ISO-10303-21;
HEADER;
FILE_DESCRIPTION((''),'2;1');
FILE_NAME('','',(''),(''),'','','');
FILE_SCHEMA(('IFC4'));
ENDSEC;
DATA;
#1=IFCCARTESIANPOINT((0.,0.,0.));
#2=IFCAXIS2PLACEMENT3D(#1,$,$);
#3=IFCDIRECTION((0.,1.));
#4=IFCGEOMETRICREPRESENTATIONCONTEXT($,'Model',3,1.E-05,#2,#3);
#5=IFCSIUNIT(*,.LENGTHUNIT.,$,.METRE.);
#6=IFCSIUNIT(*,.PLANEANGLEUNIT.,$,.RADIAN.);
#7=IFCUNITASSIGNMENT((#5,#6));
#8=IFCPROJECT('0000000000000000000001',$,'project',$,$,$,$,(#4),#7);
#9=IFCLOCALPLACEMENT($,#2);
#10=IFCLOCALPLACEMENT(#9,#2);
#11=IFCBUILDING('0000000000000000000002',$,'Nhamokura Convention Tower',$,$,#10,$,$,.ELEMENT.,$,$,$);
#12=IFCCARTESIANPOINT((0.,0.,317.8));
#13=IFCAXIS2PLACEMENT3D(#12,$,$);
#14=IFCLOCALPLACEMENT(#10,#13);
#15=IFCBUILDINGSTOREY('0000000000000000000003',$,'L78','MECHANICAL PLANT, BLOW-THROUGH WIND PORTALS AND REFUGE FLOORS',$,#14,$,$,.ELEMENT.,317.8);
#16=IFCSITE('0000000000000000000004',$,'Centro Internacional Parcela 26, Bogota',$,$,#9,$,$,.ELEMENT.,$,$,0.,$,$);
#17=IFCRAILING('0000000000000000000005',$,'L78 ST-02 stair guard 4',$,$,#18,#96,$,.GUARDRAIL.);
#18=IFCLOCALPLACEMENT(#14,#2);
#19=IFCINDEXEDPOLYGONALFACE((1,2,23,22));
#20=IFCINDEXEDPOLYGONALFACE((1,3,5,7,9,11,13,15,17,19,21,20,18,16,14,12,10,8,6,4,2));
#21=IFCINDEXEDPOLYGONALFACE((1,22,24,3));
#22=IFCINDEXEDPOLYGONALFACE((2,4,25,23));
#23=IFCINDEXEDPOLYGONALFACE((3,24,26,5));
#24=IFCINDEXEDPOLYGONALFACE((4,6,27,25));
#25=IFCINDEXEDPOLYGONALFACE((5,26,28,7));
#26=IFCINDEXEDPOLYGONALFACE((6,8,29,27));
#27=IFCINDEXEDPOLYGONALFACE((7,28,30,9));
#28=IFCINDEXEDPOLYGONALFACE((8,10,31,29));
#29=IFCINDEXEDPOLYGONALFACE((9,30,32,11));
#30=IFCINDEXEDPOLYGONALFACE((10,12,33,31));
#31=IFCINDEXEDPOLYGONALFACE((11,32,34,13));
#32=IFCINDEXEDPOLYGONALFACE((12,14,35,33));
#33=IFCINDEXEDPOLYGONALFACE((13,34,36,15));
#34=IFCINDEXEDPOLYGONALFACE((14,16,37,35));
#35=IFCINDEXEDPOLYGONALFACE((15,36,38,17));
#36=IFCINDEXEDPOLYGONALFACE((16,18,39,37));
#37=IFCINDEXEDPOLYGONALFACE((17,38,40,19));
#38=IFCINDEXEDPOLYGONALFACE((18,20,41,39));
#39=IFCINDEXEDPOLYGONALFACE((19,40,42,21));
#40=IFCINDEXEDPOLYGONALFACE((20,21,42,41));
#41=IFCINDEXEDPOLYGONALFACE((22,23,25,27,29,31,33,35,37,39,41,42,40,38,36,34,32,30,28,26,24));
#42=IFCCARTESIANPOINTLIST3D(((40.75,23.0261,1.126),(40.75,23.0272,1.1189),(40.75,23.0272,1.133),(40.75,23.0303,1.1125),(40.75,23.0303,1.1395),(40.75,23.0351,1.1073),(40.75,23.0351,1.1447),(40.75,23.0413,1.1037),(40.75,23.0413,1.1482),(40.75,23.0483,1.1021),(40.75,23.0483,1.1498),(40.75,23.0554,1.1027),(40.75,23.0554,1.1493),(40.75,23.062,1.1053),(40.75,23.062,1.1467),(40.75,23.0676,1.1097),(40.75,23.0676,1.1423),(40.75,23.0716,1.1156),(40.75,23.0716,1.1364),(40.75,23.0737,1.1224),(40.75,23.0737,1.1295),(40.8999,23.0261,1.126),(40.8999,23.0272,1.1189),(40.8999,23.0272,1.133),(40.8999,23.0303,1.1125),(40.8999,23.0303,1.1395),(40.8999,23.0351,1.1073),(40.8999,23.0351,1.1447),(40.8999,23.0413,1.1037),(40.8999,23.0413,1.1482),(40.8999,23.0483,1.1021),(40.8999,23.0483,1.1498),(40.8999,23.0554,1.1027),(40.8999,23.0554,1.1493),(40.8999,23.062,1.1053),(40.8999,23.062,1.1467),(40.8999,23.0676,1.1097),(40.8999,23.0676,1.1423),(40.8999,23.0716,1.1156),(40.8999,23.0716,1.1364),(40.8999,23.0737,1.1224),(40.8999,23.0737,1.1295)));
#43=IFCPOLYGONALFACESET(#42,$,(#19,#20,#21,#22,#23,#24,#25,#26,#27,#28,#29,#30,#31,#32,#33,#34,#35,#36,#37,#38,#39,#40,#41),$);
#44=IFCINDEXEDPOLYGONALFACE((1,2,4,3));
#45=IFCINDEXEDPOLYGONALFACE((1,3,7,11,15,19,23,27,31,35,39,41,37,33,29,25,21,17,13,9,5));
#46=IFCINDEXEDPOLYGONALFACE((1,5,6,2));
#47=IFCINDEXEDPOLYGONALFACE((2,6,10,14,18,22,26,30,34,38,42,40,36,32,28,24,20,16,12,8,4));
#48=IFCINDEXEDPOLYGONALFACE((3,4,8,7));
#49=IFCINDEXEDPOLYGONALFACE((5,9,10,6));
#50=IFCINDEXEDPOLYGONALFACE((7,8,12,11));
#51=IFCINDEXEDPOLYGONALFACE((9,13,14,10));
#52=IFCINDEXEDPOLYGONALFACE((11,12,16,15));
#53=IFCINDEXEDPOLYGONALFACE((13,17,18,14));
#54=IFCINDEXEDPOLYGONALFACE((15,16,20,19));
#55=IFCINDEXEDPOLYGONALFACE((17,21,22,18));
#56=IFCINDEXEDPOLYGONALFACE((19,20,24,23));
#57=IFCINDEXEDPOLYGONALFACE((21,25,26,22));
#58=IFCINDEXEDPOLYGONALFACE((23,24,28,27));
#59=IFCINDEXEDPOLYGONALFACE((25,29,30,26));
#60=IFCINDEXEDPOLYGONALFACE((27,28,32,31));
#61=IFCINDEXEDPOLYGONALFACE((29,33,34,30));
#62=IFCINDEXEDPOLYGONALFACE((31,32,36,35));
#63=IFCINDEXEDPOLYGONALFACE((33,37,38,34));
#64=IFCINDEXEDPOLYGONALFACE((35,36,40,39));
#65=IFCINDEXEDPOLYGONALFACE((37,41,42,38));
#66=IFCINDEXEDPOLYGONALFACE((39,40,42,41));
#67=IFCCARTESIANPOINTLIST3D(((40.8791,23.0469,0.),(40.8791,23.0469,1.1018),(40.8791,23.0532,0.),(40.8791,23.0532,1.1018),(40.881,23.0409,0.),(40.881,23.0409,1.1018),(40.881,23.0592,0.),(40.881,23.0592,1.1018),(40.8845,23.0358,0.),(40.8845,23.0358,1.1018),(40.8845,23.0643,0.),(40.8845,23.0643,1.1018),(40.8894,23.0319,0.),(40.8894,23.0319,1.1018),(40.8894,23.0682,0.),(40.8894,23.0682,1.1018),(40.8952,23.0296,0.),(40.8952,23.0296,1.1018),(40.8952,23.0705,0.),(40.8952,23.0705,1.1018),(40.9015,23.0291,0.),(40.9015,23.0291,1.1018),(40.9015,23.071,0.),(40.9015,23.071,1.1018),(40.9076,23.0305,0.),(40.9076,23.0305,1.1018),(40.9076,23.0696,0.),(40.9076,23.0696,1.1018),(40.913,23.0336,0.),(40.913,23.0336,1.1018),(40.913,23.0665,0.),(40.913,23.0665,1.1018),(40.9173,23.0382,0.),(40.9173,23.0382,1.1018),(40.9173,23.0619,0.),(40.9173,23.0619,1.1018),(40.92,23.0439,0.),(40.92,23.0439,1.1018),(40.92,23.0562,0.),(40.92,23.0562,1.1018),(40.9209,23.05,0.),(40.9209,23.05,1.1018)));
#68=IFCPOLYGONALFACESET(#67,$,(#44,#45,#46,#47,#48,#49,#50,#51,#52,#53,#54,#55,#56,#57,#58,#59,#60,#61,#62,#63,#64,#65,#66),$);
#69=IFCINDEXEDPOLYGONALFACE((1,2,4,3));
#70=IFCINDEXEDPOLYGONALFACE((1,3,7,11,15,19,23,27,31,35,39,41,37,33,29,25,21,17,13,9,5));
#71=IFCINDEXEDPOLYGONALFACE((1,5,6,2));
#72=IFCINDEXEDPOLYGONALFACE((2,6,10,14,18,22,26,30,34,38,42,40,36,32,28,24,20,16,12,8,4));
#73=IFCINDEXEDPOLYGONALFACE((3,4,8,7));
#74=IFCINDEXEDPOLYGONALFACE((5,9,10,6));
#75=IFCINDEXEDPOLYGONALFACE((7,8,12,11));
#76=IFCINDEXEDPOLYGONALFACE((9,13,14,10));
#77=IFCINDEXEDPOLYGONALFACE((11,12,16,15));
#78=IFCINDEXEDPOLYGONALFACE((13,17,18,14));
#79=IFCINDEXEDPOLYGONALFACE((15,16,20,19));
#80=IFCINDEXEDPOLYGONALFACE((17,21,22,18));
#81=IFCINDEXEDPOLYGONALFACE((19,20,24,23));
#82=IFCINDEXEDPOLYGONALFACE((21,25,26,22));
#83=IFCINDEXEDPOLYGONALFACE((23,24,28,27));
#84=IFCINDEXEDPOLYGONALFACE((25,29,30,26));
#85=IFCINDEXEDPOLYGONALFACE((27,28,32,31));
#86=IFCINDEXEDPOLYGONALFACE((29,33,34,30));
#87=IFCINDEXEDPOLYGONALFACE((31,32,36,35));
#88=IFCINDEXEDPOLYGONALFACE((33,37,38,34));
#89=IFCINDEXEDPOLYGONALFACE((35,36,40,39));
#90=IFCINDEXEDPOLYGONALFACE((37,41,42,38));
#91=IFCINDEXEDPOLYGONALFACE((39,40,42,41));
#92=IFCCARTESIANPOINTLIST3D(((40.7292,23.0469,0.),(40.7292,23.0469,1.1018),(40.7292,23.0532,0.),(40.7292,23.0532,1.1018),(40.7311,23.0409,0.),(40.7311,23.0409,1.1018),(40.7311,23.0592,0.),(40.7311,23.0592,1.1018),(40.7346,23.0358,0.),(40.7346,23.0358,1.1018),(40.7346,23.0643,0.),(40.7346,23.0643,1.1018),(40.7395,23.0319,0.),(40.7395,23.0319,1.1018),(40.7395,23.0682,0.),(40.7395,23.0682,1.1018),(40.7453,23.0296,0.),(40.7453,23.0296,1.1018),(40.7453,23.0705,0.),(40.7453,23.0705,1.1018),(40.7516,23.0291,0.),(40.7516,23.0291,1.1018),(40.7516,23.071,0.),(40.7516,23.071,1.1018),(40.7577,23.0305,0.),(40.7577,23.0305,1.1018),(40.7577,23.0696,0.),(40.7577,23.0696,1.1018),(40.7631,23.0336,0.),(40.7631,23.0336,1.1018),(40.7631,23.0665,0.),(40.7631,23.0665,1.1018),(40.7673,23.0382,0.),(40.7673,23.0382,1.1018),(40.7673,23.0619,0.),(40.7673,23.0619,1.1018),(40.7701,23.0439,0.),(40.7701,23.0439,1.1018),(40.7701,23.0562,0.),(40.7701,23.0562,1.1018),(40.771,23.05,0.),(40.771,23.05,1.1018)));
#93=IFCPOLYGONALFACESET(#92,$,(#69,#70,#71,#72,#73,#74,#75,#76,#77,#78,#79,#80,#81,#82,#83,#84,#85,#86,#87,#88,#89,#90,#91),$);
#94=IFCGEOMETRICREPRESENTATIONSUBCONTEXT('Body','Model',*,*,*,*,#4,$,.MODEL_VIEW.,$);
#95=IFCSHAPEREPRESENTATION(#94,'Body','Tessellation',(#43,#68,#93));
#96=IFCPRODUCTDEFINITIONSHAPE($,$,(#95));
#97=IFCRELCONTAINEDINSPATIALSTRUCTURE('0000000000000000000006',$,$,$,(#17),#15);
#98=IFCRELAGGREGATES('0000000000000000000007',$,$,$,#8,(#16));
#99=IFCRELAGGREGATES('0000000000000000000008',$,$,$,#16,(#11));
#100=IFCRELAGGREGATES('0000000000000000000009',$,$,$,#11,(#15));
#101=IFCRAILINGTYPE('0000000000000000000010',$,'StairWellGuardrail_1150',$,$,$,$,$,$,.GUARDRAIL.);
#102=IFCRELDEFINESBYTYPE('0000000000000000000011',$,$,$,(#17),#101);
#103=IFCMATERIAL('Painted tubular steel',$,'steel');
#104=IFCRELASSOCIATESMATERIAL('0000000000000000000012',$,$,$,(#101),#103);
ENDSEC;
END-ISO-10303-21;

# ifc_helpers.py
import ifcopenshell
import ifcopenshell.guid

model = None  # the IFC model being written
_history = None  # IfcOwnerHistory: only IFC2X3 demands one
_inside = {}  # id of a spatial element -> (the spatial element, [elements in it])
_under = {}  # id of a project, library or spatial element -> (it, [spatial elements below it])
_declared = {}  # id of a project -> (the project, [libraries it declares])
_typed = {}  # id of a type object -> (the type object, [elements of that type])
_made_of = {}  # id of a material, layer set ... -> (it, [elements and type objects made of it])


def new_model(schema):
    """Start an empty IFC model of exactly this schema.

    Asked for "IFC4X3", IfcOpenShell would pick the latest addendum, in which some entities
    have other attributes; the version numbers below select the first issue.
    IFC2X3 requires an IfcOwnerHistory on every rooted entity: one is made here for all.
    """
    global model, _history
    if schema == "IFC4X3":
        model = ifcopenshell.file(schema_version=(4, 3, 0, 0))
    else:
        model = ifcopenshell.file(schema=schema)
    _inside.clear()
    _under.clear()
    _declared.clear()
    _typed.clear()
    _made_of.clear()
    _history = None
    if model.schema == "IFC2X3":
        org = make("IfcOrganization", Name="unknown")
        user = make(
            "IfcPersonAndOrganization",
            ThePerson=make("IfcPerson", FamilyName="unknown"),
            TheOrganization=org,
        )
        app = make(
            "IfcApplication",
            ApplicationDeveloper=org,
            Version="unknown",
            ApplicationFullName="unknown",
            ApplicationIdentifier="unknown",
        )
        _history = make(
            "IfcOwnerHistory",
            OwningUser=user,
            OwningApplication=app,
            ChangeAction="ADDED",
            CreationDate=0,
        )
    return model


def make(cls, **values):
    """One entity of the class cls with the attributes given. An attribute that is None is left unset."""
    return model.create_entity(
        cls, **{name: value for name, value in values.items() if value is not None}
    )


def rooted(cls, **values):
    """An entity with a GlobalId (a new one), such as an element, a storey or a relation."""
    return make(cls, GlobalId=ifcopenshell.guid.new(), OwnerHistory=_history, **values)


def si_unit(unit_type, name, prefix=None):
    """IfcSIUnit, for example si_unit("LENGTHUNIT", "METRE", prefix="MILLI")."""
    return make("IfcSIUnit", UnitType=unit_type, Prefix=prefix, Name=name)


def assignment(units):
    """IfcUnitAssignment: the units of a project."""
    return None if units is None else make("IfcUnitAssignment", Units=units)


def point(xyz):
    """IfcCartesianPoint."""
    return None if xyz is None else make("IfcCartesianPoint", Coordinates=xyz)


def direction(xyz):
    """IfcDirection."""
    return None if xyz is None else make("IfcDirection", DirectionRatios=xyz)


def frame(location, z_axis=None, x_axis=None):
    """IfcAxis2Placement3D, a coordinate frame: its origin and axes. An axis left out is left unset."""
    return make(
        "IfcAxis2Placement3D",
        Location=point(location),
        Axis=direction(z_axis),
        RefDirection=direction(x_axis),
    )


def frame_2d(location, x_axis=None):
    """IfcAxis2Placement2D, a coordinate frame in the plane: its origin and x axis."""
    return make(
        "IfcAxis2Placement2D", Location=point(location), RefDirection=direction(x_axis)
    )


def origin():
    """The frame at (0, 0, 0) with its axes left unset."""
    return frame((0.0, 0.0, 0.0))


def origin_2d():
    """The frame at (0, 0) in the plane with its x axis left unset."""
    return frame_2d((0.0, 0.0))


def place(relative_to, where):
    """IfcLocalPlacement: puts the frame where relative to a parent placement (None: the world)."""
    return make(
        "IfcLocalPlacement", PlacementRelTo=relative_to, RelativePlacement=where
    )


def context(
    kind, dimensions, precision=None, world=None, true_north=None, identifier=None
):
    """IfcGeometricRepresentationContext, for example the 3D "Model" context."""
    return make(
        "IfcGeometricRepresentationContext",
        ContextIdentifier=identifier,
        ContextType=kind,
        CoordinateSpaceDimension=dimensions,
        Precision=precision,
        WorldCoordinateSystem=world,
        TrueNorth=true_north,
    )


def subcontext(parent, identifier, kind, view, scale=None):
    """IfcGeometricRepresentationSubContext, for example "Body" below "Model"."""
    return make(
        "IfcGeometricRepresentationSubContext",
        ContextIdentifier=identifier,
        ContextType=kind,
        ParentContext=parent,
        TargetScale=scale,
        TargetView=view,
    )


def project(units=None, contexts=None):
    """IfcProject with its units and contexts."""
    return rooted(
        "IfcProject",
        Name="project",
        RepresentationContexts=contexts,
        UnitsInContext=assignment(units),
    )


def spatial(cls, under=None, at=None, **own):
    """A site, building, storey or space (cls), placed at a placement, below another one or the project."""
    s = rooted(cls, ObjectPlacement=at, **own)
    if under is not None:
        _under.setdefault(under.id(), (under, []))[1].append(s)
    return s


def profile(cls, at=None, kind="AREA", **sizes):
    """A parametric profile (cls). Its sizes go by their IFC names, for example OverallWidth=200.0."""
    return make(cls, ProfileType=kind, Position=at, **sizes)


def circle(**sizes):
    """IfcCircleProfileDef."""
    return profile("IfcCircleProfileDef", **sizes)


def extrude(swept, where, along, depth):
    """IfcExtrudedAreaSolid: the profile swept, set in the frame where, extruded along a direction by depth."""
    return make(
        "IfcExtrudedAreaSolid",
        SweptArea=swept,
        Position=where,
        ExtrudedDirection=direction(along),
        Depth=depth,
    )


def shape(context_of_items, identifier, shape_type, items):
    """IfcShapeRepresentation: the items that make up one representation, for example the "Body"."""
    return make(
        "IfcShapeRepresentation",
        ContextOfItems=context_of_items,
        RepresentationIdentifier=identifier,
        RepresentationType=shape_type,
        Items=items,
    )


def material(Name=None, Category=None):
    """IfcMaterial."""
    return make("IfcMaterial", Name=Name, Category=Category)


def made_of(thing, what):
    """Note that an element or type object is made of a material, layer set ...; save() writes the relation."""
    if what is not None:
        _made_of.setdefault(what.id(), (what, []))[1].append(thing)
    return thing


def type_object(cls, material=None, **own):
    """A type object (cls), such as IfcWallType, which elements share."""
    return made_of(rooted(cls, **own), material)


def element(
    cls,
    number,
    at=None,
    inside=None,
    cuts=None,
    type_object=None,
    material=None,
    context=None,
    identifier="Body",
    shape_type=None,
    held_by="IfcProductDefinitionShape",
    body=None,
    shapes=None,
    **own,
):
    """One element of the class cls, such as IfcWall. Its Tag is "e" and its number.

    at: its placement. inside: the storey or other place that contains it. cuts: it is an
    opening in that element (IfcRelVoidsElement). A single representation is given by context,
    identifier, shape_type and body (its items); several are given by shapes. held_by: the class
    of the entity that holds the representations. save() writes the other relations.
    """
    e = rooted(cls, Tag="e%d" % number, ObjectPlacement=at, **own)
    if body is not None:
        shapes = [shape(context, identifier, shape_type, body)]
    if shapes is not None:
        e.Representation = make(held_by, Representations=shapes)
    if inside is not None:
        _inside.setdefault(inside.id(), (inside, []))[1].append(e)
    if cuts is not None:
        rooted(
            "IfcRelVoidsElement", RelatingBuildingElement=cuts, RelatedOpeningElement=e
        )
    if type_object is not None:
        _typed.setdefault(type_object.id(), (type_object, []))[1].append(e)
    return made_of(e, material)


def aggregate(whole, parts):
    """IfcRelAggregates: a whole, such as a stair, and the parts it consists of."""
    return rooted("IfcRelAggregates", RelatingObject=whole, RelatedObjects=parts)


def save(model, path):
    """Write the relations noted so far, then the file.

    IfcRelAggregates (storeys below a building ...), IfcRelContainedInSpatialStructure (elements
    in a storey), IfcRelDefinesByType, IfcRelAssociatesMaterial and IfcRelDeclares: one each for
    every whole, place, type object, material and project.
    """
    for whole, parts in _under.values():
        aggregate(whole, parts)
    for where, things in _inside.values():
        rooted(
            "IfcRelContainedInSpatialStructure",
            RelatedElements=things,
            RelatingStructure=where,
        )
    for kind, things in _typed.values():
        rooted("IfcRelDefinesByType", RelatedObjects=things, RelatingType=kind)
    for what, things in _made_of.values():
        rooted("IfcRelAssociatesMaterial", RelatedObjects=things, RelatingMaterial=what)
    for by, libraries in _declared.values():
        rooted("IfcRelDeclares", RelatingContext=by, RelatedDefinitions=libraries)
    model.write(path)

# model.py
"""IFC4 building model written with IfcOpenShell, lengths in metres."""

from ifc_helpers import new_model, si_unit, direction, frame, origin, origin_2d, place, context, subcontext, project, spatial, circle, extrude, material, type_object, element, save


model = new_model("IFC4")

# Units and contexts
model_context = context("Model", 3, precision=1e-05, world=origin(), true_north=direction((0.0, 1.0)))
body_context = subcontext(model_context, "Body", "Model", "MODEL_VIEW")
ifc_project = project(units=[si_unit("LENGTHUNIT", "METRE"), si_unit("PLANEANGLEUNIT", "RADIAN")], contexts=[model_context])

# Site, building, storey
site_placement = place(None, origin())
site = spatial("IfcSite", under=ifc_project, at=site_placement, Name="Centro Internacional Parcela 26, Bogota", CompositionType="ELEMENT", RefElevation=0.0)
building_placement = place(site_placement, origin())
building = spatial("IfcBuilding", under=site, at=building_placement, Name="Nhamokura Convention Tower", CompositionType="ELEMENT")
storey_placement = place(building_placement, frame((0.0, 0.0, 317.8)))
storey = spatial("IfcBuildingStorey", under=building, at=storey_placement, Name="L78", Description="MECHANICAL PLANT, BLOW-THROUGH WIND PORTALS AND REFUGE FLOORS", CompositionType="ELEMENT", Elevation=317.8)

# Railing
ifc_material_1 = material(Name="Painted tubular steel", Category="steel")
railing_type_1 = type_object("IfcRailingType", Name="StairWellGuardrail_1150", PredefinedType="GUARDRAIL", material=ifc_material_1)
railing_1_placement = place(storey_placement, frame((40.8999, 23.05, 0.0)))
element("IfcRailing", 1, at=railing_1_placement, inside=storey, type_object=railing_type_1, Name="L78 ST-02 stair guard 4", PredefinedType="GUARDRAIL", context=body_context, shape_type="SweptSolid", body=[
    extrude(circle(Radius=0.0239, at=origin_2d()), frame((0.0, 0.0, 1.126), z_axis=(-1.0, 0.0, 0.0), x_axis=(0.0, -1.0, 0.0)), (0.0, 0.0, 1.0), 0.1499),
    extrude(circle(Radius=0.021, at=origin_2d()), origin(), (0.0, 0.0, 1.0), 1.1018),
    extrude(circle(Radius=0.021, at=origin_2d()), frame((-0.1499, 0.0, 0.0)), (0.0, 0.0, 1.0), 1.1018),
])

save(model, "model.ifc")
